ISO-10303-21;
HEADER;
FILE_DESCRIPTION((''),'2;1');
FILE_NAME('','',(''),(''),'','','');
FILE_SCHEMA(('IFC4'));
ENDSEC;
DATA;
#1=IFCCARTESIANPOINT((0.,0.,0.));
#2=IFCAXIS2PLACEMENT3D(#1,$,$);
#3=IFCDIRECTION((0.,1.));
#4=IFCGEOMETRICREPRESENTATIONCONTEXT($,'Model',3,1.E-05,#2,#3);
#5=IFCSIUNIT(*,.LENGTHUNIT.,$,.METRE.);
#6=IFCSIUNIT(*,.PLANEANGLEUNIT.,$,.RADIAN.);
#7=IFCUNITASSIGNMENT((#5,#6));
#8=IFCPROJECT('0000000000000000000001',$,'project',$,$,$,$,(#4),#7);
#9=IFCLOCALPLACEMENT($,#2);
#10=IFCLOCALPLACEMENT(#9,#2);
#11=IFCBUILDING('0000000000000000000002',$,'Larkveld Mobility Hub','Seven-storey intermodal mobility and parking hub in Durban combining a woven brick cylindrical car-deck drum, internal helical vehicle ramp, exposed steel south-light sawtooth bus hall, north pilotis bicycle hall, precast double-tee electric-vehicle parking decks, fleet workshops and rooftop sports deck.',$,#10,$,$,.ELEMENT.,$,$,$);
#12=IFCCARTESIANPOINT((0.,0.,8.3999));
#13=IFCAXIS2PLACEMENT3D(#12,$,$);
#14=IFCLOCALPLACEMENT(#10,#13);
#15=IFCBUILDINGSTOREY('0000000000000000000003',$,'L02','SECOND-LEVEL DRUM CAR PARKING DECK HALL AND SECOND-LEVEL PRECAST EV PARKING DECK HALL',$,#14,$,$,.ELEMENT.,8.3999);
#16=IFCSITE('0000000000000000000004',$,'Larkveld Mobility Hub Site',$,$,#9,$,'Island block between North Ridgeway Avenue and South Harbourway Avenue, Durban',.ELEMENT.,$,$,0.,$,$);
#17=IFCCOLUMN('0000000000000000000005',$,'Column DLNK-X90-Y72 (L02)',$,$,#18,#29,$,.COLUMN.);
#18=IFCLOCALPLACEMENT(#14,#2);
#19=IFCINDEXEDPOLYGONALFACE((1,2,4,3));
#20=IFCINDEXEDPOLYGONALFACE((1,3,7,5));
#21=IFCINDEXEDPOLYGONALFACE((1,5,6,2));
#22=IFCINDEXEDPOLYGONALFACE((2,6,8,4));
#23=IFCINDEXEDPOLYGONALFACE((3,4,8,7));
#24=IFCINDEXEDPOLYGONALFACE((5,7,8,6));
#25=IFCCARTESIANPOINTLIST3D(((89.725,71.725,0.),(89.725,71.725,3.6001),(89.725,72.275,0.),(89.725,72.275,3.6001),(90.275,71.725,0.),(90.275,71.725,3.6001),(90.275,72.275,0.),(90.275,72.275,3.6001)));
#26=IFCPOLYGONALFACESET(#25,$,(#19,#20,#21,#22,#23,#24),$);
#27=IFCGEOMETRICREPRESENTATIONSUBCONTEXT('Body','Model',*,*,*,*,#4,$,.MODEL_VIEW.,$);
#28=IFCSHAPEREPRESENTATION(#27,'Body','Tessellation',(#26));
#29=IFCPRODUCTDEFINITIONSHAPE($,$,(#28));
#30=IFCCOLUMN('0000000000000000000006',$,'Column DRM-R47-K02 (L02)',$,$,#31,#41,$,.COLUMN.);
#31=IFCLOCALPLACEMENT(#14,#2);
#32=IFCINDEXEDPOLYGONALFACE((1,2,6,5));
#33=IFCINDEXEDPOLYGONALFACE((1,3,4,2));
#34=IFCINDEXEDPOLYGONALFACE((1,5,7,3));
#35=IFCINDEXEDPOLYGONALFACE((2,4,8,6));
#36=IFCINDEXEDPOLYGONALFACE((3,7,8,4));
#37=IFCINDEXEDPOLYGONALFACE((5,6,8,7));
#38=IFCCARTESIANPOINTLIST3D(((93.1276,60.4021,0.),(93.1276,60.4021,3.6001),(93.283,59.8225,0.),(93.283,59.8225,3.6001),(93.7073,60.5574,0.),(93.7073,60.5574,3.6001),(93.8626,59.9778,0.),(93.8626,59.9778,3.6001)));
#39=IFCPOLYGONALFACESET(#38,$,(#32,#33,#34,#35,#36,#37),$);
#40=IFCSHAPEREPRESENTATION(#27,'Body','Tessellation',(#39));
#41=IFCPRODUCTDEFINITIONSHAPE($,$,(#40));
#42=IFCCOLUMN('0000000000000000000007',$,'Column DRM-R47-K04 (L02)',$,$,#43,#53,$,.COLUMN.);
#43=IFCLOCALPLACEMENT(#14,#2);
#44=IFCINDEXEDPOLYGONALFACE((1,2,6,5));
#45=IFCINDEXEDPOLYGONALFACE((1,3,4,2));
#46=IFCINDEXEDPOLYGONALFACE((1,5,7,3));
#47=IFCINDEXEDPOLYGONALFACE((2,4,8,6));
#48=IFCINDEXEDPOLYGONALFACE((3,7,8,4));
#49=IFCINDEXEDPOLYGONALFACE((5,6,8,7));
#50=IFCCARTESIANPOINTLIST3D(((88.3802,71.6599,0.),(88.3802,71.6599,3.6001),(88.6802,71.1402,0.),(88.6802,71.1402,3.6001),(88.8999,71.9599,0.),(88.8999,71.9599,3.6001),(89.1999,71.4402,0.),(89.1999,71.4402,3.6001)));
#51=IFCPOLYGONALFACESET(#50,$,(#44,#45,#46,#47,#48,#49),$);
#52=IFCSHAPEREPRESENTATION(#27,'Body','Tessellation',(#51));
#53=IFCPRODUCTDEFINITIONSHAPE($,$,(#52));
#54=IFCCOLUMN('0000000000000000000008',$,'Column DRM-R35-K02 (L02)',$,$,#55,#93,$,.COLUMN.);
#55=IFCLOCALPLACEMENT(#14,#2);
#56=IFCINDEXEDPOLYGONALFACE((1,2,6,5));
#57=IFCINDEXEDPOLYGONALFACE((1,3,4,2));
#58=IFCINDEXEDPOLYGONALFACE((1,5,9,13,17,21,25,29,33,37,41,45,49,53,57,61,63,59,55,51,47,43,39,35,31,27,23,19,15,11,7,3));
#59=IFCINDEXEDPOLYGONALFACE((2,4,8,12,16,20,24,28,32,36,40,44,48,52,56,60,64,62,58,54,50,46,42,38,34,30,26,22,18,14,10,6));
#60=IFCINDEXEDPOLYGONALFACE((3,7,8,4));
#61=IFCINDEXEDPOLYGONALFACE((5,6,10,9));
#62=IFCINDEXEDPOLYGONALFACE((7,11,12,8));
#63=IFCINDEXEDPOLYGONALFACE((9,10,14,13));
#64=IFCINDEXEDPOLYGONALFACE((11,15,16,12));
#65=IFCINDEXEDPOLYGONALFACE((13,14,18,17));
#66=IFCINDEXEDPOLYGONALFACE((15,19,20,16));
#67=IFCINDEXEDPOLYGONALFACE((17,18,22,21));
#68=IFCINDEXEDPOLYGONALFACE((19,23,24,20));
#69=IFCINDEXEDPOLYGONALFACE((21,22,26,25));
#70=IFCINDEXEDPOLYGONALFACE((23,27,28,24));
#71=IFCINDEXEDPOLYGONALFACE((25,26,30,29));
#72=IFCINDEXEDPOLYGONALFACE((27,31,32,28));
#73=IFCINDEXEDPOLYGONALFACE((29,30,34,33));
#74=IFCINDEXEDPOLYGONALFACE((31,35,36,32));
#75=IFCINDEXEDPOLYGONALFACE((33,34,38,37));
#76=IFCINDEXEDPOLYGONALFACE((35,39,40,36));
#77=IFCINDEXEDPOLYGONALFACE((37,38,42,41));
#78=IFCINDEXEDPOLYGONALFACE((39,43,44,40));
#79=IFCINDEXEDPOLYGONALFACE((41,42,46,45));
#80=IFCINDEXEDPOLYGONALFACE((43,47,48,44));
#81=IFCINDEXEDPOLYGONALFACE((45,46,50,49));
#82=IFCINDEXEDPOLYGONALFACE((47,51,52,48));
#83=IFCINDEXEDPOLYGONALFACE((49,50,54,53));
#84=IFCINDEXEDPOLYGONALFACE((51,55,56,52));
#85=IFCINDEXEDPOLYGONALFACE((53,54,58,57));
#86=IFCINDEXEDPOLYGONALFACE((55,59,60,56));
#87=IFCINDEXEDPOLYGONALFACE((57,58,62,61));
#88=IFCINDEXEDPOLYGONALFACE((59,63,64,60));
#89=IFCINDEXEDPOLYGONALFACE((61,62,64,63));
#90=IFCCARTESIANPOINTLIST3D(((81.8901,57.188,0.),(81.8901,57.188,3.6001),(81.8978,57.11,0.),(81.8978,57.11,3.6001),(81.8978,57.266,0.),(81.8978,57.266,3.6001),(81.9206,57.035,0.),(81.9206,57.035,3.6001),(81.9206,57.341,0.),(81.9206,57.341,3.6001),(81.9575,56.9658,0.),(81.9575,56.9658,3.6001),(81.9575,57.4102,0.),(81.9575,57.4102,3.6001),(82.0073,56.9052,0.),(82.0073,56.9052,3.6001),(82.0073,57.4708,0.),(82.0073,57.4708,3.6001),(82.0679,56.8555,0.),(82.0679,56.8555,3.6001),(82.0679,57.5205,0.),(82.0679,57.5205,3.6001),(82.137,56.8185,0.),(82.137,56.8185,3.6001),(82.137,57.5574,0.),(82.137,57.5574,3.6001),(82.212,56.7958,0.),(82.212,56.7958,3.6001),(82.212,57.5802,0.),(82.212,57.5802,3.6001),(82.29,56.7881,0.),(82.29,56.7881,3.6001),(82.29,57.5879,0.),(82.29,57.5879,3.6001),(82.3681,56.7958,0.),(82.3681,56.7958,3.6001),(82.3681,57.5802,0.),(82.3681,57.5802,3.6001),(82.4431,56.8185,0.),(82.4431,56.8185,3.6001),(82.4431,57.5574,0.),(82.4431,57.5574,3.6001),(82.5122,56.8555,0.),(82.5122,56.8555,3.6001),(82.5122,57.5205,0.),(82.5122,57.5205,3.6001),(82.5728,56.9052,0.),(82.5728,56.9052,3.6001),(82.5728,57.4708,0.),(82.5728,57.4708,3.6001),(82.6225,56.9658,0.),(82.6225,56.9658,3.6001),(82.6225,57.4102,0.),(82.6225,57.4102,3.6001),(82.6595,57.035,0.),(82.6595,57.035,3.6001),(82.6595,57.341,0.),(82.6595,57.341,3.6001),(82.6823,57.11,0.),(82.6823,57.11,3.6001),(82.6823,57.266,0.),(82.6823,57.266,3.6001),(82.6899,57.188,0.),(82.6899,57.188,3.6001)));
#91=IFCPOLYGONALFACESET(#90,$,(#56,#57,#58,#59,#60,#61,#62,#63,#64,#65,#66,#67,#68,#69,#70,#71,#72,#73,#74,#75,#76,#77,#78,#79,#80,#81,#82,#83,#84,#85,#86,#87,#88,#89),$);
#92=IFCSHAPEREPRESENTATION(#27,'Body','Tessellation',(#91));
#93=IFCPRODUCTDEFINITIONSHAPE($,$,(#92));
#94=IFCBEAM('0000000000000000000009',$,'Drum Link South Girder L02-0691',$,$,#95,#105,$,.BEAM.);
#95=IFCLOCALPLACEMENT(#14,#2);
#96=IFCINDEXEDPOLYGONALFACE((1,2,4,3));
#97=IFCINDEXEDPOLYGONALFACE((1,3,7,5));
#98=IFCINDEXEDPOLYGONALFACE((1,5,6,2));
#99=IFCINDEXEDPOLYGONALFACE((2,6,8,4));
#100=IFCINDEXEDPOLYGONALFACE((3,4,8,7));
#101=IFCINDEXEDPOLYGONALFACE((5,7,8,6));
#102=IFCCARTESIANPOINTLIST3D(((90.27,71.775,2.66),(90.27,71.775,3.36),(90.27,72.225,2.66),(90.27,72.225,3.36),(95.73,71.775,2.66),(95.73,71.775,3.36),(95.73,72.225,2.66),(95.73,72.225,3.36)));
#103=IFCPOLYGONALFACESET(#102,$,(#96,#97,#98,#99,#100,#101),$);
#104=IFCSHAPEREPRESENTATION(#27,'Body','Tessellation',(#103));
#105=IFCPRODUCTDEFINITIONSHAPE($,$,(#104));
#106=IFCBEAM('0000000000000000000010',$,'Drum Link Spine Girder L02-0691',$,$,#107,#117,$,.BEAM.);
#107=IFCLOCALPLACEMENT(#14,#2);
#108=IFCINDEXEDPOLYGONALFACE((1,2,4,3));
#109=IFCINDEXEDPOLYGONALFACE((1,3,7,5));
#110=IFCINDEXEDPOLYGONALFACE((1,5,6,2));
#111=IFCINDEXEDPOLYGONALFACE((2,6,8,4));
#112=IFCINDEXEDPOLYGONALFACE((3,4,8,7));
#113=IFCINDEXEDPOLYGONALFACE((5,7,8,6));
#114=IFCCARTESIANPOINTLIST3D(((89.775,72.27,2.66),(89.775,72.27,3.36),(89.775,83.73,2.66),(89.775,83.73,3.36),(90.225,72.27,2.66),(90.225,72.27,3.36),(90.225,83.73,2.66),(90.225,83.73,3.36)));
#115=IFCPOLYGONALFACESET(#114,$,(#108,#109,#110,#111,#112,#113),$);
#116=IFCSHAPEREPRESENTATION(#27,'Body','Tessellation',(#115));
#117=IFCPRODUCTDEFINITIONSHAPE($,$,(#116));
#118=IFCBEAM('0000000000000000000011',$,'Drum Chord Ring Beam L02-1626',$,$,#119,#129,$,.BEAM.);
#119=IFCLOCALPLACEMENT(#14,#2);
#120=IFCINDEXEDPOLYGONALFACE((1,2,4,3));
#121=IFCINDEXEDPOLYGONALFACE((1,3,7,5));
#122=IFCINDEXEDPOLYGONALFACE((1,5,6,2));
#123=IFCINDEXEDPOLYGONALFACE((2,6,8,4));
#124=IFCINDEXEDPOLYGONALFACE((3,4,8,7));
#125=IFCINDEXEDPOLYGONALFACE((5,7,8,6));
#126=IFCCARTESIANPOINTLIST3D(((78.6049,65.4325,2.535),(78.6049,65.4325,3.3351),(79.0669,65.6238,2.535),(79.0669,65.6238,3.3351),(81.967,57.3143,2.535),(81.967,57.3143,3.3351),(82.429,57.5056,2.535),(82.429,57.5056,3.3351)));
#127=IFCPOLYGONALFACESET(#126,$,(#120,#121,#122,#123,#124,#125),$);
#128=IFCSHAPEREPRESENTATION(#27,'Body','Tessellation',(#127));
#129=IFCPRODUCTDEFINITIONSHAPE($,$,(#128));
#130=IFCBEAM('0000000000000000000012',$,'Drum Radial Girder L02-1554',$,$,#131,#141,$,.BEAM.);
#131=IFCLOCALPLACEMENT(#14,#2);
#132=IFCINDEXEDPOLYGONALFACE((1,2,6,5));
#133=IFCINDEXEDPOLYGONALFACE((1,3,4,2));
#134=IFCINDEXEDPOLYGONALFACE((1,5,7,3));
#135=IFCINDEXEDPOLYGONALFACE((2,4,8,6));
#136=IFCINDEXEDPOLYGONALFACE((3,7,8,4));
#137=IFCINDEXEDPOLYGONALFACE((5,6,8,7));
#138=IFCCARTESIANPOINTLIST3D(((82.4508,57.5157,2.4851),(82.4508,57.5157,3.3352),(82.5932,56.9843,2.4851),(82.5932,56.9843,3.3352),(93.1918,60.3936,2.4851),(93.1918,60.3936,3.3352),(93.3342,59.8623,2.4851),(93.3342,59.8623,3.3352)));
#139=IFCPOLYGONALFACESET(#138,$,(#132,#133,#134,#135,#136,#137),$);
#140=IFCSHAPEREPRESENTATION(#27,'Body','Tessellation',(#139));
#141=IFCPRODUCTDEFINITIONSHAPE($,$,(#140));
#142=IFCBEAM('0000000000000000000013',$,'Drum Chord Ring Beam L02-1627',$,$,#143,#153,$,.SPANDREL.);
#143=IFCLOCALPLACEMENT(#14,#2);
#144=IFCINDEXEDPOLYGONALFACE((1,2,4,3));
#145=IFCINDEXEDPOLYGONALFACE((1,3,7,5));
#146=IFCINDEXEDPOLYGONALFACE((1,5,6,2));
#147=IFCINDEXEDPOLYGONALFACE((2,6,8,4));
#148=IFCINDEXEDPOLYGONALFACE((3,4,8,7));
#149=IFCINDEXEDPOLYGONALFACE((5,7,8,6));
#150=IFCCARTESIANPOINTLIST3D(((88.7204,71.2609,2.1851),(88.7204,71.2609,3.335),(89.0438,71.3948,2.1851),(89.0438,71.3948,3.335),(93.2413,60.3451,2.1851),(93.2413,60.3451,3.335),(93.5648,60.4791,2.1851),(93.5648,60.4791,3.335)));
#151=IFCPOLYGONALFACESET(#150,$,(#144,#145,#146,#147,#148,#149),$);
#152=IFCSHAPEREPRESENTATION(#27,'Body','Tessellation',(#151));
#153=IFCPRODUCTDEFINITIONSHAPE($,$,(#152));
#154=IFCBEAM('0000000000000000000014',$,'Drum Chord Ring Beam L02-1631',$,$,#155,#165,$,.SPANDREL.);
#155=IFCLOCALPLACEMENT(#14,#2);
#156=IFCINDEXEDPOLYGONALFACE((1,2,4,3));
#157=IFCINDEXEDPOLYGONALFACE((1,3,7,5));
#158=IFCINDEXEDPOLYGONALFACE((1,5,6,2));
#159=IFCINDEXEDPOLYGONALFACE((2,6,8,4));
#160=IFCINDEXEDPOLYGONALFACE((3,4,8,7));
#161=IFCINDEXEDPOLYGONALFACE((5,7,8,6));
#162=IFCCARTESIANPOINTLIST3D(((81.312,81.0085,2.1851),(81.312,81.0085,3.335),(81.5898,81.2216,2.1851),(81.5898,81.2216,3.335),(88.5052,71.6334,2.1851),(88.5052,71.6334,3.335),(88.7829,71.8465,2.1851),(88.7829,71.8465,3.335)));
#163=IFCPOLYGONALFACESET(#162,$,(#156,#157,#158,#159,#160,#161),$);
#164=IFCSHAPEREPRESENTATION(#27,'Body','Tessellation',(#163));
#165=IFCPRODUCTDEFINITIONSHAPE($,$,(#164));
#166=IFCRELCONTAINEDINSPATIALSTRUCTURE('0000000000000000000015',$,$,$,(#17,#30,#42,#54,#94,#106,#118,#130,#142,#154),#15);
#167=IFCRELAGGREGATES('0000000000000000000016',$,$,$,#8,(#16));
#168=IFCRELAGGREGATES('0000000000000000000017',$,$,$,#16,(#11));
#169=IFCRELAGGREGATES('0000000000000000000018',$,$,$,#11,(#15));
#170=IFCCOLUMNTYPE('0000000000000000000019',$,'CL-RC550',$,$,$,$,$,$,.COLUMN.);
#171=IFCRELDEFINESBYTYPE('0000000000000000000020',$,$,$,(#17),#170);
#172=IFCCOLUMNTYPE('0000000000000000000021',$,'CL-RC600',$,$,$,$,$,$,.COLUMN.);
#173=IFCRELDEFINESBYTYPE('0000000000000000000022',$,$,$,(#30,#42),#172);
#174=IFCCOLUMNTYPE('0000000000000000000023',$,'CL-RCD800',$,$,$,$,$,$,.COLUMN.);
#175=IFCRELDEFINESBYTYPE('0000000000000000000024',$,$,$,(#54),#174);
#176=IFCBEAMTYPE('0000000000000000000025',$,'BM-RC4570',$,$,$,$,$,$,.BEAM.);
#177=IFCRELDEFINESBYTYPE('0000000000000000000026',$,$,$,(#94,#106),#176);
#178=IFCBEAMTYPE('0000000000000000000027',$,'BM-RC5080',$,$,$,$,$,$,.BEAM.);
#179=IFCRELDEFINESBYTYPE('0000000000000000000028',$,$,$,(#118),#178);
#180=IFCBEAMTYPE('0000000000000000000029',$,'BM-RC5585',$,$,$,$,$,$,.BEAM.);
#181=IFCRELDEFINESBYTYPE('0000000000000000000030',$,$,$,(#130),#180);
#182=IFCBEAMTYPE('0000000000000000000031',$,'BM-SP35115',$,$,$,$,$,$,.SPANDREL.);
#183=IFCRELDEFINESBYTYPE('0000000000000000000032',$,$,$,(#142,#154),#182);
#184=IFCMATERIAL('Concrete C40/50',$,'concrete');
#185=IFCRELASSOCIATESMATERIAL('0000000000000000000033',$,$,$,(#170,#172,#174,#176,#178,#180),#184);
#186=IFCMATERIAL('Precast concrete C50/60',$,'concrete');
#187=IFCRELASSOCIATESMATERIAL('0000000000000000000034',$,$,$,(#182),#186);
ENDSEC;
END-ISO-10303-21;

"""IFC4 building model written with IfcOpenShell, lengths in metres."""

from ifc_helpers import new_model, si_unit, direction, frame, origin, origin_2d, place, context, subcontext, project, spatial, rectangle, circle, extrude, material, material_profile, profile_set, type_object, element, save


model = new_model("IFC4")

# Units and contexts
model_context = context("Model", 3, precision=1e-05, world=origin(), true_north=direction((0.0, 1.0)))
body_context = subcontext(model_context, "Body", "Model", "MODEL_VIEW")
ifc_project = project(units=[si_unit("LENGTHUNIT", "METRE"), si_unit("PLANEANGLEUNIT", "RADIAN")], contexts=[model_context])

# Site, building, storey
site_placement = place(None, origin())
site = spatial("IfcSite", under=ifc_project, at=site_placement, Name="Larkveld Mobility Hub Site", LongName="Island block between North Ridgeway Avenue and South Harbourway Avenue, Durban", CompositionType="ELEMENT", RefElevation=0.0)
building_placement = place(site_placement, origin())
building = spatial("IfcBuilding", under=site, at=building_placement, Name="Larkveld Mobility Hub", Description="Seven-storey intermodal mobility and parking hub in Durban combining a woven brick cylindrical car-deck drum, internal helical vehicle ramp, exposed steel south-light sawtooth bus hall, north pilotis bicycle hall, precast double-tee electric-vehicle parking decks, fleet workshops and rooftop sports deck.", CompositionType="ELEMENT")
storey_placement = place(building_placement, frame((0.0, 0.0, 8.3999)))
storey = spatial("IfcBuildingStorey", under=building, at=storey_placement, Name="L02", Description="SECOND-LEVEL DRUM CAR PARKING DECK HALL AND SECOND-LEVEL PRECAST EV PARKING DECK HALL", CompositionType="ELEMENT", Elevation=8.3999)

# Columns
ifc_material_1 = material(Name="Concrete C40/50", Category="concrete")
ifc_material_profile_1 = material_profile(ifc_material_1, rectangle(XDim=0.55, YDim=0.55, at=origin_2d()), Name="RC COL 550x550")
ifc_profile_set_1 = profile_set([ifc_material_profile_1], Name="Concrete C40/50")
column_type_1 = type_object("IfcColumnType", Name="CL-RC550", PredefinedType="COLUMN", material=ifc_profile_set_1)
column_1_placement = place(storey_placement, frame((90.0, 72.0, 0.0), z_axis=(0.0, 0.0, 1.0), x_axis=(1.0, 0.0, 0.0)))
element("IfcColumn", 1, at=column_1_placement, inside=storey, type_object=column_type_1, Name="Column DLNK-X90-Y72 (L02)", PredefinedType="COLUMN", context=body_context, shape_type="SweptSolid", body=[
    extrude(rectangle(XDim=0.55, YDim=0.55, at=origin_2d()), origin(), (0.0, 0.0, 1.0), 3.6001),
])
ifc_material_profile_2 = material_profile(ifc_material_1, rectangle(XDim=0.6001, YDim=0.6001, at=origin_2d()), Name="RC COL 600x600")
ifc_profile_set_2 = profile_set([ifc_material_profile_2], Name="Concrete C40/50")
column_type_2 = type_object("IfcColumnType", Name="CL-RC600", PredefinedType="COLUMN", material=ifc_profile_set_2)
for number, where, z_axis, x_axis, name in (
    (2, (93.4951, 60.1899, 0.0), (0.0, 0.0, 1.0), (0.965926, 0.258819, 0.0), "Column DRM-R47-K02 (L02)"),
    (3, (88.79, 71.55, 0.0), (0.0, 0.0, 1.0), (0.866025, 0.5, 0.0), "Column DRM-R47-K04 (L02)"),
):
    element("IfcColumn", number, at=place(storey_placement, frame(where, z_axis=z_axis, x_axis=x_axis)), inside=storey, type_object=column_type_2, Name=name, PredefinedType="COLUMN", context=body_context, shape_type="SweptSolid", body=[
        extrude(rectangle(XDim=0.6001, YDim=0.6001, at=origin_2d()), origin(), (0.0, 0.0, 1.0), 3.6001),
    ])
ifc_material_profile_3 = material_profile(ifc_material_1, circle(Radius=0.3999, at=origin_2d()), Name="RC COL D800")
ifc_profile_set_3 = profile_set([ifc_material_profile_3], Name="Concrete C40/50")
column_type_3 = type_object("IfcColumnType", Name="CL-RCD800", PredefinedType="COLUMN", material=ifc_profile_set_3)
column_2_placement = place(storey_placement, frame((82.29, 57.188, 0.0), z_axis=(0.0, 0.0, 1.0), x_axis=(1.0, 0.0, 0.0)))
element("IfcColumn", 4, at=column_2_placement, inside=storey, type_object=column_type_3, Name="Column DRM-R35-K02 (L02)", PredefinedType="COLUMN", context=body_context, shape_type="SweptSolid", body=[
    extrude(circle(Radius=0.3999, at=origin_2d()), origin(), (0.0, 0.0, 1.0), 3.6001),
])

# Beams
ifc_material_profile_4 = material_profile(ifc_material_1, rectangle(XDim=0.45, YDim=0.7, at=origin_2d()), Name="RC BM 450x700")
ifc_profile_set_4 = profile_set([ifc_material_profile_4], Name="Concrete C40/50")
beam_type_1 = type_object("IfcBeamType", Name="BM-RC4570", PredefinedType="BEAM", material=ifc_profile_set_4)
beam_1_placement = place(storey_placement, frame((90.27, 72.0, 3.01), z_axis=(1.0, 0.0, 0.0), x_axis=(0.0, 1.0, 0.0)))
element("IfcBeam", 5, at=beam_1_placement, inside=storey, type_object=beam_type_1, Name="Drum Link South Girder L02-0691", PredefinedType="BEAM", context=body_context, shape_type="SweptSolid", body=[
    extrude(rectangle(XDim=0.45, YDim=0.7, at=origin_2d()), origin(), (0.0, 0.0, 1.0), 5.46),
])
beam_2_placement = place(storey_placement, frame((90.0, 72.27, 3.01), z_axis=(0.0, 1.0, 0.0), x_axis=(-1.0, 0.0, 0.0)))
element("IfcBeam", 6, at=beam_2_placement, inside=storey, type_object=beam_type_1, Name="Drum Link Spine Girder L02-0691", PredefinedType="BEAM", context=body_context, shape_type="SweptSolid", body=[
    extrude(rectangle(XDim=0.45, YDim=0.7, at=origin_2d()), origin(), (0.0, 0.0, 1.0), 11.46),
])
ifc_material_profile_5 = material_profile(ifc_material_1, rectangle(XDim=0.5, YDim=0.8, at=origin_2d()), Name="RC BM 500x800")
ifc_profile_set_5 = profile_set([ifc_material_profile_5], Name="Concrete C40/50")
beam_type_2 = type_object("IfcBeamType", Name="BM-RC5080", PredefinedType="BEAM", material=ifc_profile_set_5)
beam_3_placement = place(storey_placement, frame((82.198, 57.4099, 2.9351), z_axis=(-0.382626, 0.923903, 0.0), x_axis=(-0.923903, -0.382626, 0.0)))
element("IfcBeam", 7, at=beam_3_placement, inside=storey, type_object=beam_type_2, Name="Drum Chord Ring Beam L02-1626", PredefinedType="BEAM", context=body_context, shape_type="SweptSolid", body=[
    extrude(rectangle(XDim=0.5, YDim=0.8, at=origin_2d()), origin(), (0.0, 0.0, 1.0), 8.7869),
])
ifc_material_profile_6 = material_profile(ifc_material_1, rectangle(XDim=0.55, YDim=0.8501, at=origin_2d()), Name="RC BM 550x850")
ifc_profile_set_6 = profile_set([ifc_material_profile_6], Name="Concrete C40/50")
beam_type_3 = type_object("IfcBeamType", Name="BM-RC5585", PredefinedType="BEAM", material=ifc_profile_set_6)
beam_4_placement = place(storey_placement, frame((82.522, 57.25, 2.9102), z_axis=(0.965928, 0.25881, 0.0), x_axis=(-0.25881, 0.965928, 0.0)))
element("IfcBeam", 8, at=beam_4_placement, inside=storey, type_object=beam_type_3, Name="Drum Radial Girder L02-1554", PredefinedType="BEAM", context=body_context, shape_type="SweptSolid", body=[
    extrude(rectangle(XDim=0.55, YDim=0.8501, at=origin_2d()), origin(), (0.0, 0.0, 1.0), 11.1199),
])
ifc_material_2 = material(Name="Precast concrete C50/60", Category="concrete")
ifc_material_profile_7 = material_profile(ifc_material_2, rectangle(XDim=0.3501, YDim=1.1499, at=origin_2d()), Name="PC SP 350x1150")
ifc_profile_set_7 = profile_set([ifc_material_profile_7], Name="Precast concrete C50/60")
beam_type_4 = type_object("IfcBeamType", Name="BM-SP35115", PredefinedType="SPANDREL", material=ifc_profile_set_7)
beam_5_placement = place(storey_placement, frame((93.4031, 60.4121, 2.76), z_axis=(-0.38265, 0.923893, 0.0), x_axis=(-0.923893, -0.38265, 0.0)))
element("IfcBeam", 9, at=beam_5_placement, inside=storey, type_object=beam_type_4, Name="Drum Chord Ring Beam L02-1627", PredefinedType="SPANDREL", context=body_context, shape_type="SweptSolid", body=[
    extrude(rectangle(XDim=0.3501, YDim=1.1499, at=origin_2d()), origin(), (0.0, 0.0, 1.0), 11.8149),
])
beam_6_placement = place(storey_placement, frame((88.644, 71.74, 2.76), z_axis=(-0.608731, 0.793377, 0.0), x_axis=(-0.793377, -0.608731, 0.0)))
element("IfcBeam", 10, at=beam_6_placement, inside=storey, type_object=beam_type_4, Name="Drum Chord Ring Beam L02-1631", PredefinedType="SPANDREL", context=body_context, shape_type="SweptSolid", body=[
    extrude(rectangle(XDim=0.3501, YDim=1.1499, at=origin_2d()), origin(), (0.0, 0.0, 1.0), 11.8167),
])

save(model, "model.ifc")
